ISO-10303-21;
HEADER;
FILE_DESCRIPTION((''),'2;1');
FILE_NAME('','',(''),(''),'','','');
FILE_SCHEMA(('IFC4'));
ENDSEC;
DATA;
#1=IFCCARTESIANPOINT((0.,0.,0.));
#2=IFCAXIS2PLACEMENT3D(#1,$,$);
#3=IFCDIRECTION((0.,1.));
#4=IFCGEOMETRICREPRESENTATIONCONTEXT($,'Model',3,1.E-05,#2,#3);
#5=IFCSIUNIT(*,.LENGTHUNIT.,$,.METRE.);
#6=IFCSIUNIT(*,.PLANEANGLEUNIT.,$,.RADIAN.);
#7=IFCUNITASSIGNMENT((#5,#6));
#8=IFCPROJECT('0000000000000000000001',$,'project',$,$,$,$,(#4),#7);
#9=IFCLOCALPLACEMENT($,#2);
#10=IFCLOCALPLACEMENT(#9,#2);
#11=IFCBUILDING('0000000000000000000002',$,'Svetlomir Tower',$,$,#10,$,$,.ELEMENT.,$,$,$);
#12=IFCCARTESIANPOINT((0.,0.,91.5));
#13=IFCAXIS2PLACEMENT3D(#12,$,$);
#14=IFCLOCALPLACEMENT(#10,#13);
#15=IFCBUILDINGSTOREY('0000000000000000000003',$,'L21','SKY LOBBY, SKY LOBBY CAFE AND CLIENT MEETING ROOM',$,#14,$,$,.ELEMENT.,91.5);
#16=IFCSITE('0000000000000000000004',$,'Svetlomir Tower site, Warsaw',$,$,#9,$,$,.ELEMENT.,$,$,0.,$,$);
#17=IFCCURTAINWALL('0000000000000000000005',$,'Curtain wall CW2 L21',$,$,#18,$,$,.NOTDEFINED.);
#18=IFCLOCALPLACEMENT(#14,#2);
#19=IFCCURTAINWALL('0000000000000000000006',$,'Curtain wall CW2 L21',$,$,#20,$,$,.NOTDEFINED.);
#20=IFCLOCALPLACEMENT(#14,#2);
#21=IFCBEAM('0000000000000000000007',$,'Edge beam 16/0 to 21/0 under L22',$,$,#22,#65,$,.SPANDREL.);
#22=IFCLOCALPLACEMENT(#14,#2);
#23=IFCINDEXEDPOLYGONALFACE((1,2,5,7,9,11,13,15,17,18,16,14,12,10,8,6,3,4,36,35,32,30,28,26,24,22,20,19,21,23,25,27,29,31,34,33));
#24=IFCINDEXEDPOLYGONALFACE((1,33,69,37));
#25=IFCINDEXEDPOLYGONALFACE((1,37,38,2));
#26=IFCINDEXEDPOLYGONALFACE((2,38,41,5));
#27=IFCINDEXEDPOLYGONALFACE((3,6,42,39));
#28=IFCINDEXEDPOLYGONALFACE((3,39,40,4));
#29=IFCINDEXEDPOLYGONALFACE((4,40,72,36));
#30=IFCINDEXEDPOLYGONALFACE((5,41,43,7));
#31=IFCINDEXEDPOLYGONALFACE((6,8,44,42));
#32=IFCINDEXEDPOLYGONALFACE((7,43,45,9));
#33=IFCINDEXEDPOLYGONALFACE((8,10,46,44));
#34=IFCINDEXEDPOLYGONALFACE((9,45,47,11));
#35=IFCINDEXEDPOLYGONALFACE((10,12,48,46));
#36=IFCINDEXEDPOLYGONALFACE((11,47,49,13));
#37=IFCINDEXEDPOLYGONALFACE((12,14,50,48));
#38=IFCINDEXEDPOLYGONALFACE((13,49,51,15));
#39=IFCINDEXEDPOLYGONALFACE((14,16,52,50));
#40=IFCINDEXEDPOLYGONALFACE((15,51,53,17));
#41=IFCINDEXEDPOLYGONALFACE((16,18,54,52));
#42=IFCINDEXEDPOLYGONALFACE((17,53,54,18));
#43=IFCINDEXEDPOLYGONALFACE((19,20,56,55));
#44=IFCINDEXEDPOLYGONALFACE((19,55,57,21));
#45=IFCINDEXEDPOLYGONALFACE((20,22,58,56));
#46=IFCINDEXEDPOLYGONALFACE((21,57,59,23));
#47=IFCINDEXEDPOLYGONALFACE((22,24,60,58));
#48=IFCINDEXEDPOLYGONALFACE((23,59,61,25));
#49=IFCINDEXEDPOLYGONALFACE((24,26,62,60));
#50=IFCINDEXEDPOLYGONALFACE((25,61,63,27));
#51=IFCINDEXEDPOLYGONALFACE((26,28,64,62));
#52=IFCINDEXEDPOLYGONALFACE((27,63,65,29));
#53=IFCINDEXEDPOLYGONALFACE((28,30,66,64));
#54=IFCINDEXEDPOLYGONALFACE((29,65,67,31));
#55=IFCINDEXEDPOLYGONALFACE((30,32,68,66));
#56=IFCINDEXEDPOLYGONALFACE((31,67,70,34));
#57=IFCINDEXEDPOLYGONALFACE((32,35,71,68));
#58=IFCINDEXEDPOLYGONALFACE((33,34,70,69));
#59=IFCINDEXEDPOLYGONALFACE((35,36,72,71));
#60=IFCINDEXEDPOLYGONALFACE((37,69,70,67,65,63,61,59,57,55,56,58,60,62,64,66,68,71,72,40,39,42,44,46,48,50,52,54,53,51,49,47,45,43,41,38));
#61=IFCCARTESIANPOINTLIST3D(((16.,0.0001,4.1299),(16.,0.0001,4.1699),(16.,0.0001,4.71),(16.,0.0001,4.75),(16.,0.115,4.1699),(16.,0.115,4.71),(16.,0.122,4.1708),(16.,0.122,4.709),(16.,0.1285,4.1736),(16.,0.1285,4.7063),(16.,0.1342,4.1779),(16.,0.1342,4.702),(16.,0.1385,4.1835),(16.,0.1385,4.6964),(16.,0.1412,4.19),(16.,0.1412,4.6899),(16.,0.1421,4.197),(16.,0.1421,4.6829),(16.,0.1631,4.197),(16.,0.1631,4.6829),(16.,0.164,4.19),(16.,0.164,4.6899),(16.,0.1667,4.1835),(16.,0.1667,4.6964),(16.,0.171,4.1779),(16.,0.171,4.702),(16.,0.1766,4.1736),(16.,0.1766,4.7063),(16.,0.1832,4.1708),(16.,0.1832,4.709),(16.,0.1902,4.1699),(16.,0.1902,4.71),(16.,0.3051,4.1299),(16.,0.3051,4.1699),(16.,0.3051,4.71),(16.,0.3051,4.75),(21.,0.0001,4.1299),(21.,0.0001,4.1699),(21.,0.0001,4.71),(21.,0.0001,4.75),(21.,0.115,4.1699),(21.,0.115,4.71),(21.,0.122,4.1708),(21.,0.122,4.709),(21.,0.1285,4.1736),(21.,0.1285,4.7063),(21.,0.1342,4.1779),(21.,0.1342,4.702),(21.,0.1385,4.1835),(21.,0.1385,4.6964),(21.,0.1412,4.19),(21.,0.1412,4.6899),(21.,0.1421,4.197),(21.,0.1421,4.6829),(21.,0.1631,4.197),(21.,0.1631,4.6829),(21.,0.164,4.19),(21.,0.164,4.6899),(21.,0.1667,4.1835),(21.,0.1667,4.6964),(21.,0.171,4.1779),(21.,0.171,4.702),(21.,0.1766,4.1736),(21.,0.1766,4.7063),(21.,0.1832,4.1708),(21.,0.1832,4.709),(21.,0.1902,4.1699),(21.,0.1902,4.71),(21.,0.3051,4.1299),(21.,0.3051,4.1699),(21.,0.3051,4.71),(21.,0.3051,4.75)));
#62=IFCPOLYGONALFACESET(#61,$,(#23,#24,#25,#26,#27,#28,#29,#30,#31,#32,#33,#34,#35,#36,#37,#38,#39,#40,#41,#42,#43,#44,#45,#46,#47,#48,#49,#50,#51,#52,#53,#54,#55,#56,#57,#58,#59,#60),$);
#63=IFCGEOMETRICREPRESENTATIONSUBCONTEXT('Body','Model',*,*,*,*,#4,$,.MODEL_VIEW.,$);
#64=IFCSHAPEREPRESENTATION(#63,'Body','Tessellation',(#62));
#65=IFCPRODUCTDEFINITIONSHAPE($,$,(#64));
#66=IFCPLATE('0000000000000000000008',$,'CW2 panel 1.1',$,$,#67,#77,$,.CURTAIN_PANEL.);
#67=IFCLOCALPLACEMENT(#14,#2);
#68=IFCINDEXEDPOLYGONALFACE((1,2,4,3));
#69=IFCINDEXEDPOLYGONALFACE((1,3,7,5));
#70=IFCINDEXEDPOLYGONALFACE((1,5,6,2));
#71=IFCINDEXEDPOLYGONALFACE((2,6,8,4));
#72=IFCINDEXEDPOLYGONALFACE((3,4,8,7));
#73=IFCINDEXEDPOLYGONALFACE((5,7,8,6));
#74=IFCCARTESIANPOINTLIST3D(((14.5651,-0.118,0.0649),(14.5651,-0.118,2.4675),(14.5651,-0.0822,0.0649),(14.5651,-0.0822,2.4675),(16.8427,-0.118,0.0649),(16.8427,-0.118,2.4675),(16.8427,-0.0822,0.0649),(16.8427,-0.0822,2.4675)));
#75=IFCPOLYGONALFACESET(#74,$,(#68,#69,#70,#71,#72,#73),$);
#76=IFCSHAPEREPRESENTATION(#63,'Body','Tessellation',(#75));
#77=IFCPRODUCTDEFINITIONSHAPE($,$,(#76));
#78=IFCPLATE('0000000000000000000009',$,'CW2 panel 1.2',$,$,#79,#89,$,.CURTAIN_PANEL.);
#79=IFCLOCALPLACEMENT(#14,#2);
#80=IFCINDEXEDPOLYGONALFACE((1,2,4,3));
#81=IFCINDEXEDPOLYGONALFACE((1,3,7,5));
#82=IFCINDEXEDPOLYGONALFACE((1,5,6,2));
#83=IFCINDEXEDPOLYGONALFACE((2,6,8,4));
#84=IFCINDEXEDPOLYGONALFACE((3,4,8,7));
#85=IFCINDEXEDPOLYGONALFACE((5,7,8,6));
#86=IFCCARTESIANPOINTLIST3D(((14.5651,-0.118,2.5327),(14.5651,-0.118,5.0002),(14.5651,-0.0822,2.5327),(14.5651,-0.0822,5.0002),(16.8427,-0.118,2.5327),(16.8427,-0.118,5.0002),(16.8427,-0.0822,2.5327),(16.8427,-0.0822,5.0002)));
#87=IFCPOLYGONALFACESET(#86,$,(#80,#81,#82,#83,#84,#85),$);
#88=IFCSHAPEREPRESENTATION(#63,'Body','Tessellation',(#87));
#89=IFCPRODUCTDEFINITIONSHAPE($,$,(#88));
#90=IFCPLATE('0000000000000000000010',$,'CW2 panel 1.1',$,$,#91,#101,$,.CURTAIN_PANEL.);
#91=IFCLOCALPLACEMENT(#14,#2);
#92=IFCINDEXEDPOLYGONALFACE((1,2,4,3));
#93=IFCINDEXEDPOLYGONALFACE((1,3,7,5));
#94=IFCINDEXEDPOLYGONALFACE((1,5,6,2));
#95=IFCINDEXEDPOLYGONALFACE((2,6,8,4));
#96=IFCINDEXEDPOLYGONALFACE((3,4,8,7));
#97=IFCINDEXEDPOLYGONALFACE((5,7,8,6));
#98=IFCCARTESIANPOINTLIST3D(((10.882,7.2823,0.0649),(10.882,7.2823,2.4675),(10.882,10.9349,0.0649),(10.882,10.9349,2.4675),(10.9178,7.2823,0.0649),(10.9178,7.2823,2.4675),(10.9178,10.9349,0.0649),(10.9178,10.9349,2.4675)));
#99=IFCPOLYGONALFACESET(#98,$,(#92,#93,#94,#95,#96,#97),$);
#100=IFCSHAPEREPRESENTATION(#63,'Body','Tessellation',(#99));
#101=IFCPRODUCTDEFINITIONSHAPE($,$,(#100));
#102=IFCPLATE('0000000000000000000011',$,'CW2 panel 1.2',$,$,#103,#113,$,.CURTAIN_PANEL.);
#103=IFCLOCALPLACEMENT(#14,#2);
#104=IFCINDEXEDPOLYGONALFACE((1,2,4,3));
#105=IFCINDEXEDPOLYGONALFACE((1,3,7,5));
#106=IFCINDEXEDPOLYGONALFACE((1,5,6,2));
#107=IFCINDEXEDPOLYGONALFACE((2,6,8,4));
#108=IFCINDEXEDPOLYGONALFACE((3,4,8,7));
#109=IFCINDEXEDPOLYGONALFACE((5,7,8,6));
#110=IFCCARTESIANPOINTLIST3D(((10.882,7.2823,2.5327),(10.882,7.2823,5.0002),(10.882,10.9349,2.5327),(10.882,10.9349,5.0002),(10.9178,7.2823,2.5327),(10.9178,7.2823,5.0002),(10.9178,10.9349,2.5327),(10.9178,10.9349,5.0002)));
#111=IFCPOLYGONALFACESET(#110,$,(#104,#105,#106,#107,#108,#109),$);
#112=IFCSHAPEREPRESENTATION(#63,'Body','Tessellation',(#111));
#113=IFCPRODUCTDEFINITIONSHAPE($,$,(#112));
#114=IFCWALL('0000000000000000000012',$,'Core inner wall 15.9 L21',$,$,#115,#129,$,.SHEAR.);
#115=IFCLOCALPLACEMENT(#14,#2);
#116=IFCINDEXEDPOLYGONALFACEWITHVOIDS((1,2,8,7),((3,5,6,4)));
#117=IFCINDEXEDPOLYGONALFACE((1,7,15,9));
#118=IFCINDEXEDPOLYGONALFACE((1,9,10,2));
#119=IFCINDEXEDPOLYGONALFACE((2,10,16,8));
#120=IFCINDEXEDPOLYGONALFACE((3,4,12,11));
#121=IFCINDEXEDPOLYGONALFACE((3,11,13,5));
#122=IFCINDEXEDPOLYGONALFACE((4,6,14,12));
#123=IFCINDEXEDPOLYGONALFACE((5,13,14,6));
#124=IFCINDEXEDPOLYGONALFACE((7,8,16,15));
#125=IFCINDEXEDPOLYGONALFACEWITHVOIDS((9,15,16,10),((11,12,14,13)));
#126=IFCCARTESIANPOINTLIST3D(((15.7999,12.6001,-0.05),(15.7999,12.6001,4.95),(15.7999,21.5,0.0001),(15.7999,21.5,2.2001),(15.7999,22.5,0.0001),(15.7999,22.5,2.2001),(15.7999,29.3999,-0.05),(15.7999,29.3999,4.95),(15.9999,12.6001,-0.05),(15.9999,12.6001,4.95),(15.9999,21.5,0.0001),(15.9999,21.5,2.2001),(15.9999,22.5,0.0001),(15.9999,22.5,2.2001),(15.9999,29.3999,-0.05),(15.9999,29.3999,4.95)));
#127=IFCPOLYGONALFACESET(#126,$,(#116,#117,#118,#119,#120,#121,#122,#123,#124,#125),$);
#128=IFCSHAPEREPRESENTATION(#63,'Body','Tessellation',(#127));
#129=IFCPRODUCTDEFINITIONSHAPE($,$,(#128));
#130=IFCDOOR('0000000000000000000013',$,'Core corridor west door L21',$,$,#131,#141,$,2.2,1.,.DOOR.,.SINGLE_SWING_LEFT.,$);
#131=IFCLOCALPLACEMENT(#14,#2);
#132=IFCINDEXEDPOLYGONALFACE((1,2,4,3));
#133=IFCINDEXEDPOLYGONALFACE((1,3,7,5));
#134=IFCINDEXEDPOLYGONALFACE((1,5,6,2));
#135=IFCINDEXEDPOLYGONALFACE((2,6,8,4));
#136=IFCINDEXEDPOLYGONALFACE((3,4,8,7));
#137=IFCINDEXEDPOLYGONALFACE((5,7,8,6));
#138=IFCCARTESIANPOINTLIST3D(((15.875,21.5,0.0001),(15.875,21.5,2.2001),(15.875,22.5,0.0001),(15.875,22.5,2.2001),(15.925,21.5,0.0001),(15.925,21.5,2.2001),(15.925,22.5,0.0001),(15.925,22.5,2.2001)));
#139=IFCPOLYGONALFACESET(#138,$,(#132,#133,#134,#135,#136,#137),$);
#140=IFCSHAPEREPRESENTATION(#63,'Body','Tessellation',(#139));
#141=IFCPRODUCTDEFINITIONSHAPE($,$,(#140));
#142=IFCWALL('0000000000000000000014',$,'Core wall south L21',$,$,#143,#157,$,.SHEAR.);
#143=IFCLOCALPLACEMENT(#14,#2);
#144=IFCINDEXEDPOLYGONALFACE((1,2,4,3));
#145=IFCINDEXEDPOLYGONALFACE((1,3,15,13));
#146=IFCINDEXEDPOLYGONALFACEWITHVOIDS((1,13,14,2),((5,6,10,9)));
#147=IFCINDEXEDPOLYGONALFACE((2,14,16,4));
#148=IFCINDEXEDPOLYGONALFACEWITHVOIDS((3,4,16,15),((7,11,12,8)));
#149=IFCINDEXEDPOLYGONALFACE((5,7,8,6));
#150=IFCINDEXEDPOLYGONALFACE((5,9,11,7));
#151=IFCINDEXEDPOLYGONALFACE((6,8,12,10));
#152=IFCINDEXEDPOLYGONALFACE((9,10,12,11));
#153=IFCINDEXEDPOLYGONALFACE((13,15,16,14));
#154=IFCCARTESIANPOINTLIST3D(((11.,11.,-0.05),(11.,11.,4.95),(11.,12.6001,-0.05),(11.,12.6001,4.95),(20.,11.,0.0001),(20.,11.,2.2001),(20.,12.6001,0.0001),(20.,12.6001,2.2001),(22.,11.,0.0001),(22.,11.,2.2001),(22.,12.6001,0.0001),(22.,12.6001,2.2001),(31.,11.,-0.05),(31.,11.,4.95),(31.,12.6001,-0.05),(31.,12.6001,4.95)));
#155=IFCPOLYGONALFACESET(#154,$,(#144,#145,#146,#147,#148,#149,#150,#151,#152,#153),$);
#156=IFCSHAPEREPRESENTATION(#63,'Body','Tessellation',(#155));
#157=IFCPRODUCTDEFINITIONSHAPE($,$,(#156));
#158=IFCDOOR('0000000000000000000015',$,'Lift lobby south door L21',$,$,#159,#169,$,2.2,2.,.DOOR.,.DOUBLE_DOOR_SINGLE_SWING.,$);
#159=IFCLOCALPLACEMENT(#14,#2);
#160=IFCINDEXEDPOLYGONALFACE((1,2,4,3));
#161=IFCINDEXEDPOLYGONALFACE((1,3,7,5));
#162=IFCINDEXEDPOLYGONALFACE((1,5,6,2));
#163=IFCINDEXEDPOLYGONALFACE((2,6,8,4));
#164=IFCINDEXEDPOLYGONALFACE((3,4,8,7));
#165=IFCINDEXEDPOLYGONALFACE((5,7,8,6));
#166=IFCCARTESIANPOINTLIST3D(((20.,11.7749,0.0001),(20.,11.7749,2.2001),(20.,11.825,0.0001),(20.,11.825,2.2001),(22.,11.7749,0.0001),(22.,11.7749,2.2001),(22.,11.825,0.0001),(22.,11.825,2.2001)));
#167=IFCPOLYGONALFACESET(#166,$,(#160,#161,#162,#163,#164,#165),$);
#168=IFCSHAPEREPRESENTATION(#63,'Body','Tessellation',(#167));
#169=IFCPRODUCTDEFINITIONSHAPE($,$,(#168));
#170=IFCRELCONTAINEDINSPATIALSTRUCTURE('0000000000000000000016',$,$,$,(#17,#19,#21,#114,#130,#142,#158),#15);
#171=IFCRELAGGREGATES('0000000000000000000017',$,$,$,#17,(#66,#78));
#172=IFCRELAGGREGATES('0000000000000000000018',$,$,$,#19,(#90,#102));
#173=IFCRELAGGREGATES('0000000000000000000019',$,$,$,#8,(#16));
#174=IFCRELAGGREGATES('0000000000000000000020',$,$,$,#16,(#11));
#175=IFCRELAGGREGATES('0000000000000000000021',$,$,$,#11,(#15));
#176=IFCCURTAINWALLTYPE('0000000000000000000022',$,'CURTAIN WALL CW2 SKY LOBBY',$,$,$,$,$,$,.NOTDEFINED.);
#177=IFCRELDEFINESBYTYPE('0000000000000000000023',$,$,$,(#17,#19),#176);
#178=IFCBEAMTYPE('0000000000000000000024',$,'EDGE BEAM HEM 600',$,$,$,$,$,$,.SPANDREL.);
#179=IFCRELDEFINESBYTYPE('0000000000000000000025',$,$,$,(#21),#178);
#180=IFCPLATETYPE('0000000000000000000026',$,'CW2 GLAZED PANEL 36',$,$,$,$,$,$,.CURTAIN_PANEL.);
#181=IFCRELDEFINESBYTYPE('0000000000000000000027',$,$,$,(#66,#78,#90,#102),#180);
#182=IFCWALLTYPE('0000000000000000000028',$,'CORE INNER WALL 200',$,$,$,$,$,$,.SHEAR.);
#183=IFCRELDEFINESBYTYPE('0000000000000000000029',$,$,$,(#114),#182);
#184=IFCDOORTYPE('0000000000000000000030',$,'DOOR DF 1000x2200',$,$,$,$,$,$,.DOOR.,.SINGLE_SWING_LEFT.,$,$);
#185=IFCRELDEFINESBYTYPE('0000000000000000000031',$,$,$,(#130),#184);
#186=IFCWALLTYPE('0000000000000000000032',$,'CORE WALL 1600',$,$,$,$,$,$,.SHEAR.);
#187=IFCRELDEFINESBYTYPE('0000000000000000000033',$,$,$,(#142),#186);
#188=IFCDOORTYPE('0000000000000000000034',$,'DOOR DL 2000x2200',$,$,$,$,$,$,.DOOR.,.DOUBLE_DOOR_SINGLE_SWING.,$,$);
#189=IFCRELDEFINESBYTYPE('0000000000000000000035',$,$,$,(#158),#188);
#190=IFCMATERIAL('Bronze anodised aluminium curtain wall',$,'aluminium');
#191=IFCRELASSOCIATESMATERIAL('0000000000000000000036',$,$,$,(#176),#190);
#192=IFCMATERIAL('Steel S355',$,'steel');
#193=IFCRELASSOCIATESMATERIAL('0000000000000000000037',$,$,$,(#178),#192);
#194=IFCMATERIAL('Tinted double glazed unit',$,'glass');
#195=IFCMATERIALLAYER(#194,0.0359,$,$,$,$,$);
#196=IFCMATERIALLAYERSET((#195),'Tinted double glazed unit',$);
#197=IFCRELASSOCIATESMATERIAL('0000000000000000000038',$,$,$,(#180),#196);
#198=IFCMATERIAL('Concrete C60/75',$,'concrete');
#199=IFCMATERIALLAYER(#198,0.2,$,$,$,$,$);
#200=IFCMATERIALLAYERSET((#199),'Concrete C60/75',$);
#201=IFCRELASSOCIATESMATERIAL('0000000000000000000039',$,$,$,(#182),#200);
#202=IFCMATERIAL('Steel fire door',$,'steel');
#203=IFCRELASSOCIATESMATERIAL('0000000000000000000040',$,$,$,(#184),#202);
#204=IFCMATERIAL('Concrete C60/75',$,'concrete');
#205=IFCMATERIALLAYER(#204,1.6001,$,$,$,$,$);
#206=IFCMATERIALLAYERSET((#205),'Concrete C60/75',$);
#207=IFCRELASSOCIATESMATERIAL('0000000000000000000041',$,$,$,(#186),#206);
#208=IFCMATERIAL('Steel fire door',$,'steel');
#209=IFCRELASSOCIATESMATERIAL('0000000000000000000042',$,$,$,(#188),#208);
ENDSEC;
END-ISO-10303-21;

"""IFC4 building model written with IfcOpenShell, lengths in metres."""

from ifc_helpers import new_model, si_unit, direction, frame, frame_2d, origin, origin_2d, place, context, subcontext, project, spatial, rectangle, i_section, extrude, material, layer, layer_set, material_profile, profile_set, type_object, element, fill, aggregate, save


model = new_model("IFC4")

# Units and contexts
model_context = context("Model", 3, precision=1e-05, world=origin(), true_north=direction((0.0, 1.0)))
body_context = subcontext(model_context, "Body", "Model", "MODEL_VIEW")
ifc_project = project(units=[si_unit("LENGTHUNIT", "METRE"), si_unit("PLANEANGLEUNIT", "RADIAN")], contexts=[model_context])

# Site, building, storey
site_placement = place(None, origin())
site = spatial("IfcSite", under=ifc_project, at=site_placement, Name="Svetlomir Tower site, Warsaw", CompositionType="ELEMENT", RefElevation=0.0)
building_placement = place(site_placement, origin())
building = spatial("IfcBuilding", under=site, at=building_placement, Name="Svetlomir Tower", CompositionType="ELEMENT")
storey_placement = place(building_placement, frame((0.0, 0.0, 91.5)))
storey = spatial("IfcBuildingStorey", under=building, at=storey_placement, Name="L21", Description="SKY LOBBY, SKY LOBBY CAFE AND CLIENT MEETING ROOM", CompositionType="ELEMENT", Elevation=91.5)

# Curtain wall
ifc_material_1 = material(Name="Bronze anodised aluminium curtain wall", Category="aluminium")
curtain_wall_type = type_object("IfcCurtainWallType", Name="CURTAIN WALL CW2 SKY LOBBY", PredefinedType="NOTDEFINED", material=ifc_material_1)
curtain_wall_1_placement = place(storey_placement, origin())
curtain_wall_1 = element("IfcCurtainWall", 1, at=curtain_wall_1_placement, inside=storey, type_object=curtain_wall_type, Name="Curtain wall CW2 L21", PredefinedType="NOTDEFINED")

# Curtain wall
curtain_wall_2_placement = place(storey_placement, origin())
curtain_wall_2 = element("IfcCurtainWall", 2, at=curtain_wall_2_placement, inside=storey, type_object=curtain_wall_type, Name="Curtain wall CW2 L21", PredefinedType="NOTDEFINED")

# Beam
ifc_material_2 = material(Name="Steel S355", Category="steel")
ifc_material_profile_1 = material_profile(ifc_material_2, i_section(OverallWidth=0.3049, OverallDepth=0.6201, WebThickness=0.021, FlangeThickness=0.04, FilletRadius=0.0271, at=origin_2d()), Name="HEM 600")
ifc_profile_set_1 = profile_set([ifc_material_profile_1], Name="Steel S355")
beam_type = type_object("IfcBeamType", Name="EDGE BEAM HEM 600", PredefinedType="SPANDREL", material=ifc_profile_set_1)
beam_1_placement = place(storey_placement, frame((16.0, 0.1526, 4.4399), z_axis=(1.0, 0.0, 0.0), x_axis=(0.0, 1.0, 0.0)))
element("IfcBeam", 3, at=beam_1_placement, inside=storey, type_object=beam_type, Name="Edge beam 16/0 to 21/0 under L22", PredefinedType="SPANDREL", context=body_context, shape_type="SweptSolid", body=[
    extrude(i_section(OverallWidth=0.3049, OverallDepth=0.6201, WebThickness=0.021, FlangeThickness=0.04, FilletRadius=0.0271, at=origin_2d()), origin(), (0.0, 0.0, 1.0), 5.0),
])

# Plates
ifc_material_3 = material(Name="Tinted double glazed unit", Category="glass")
ifc_layer_1 = layer(ifc_material_3, 0.0359)
ifc_layer_set_1 = layer_set([ifc_layer_1], Name="Tinted double glazed unit")
plate_type = type_object("IfcPlateType", Name="CW2 GLAZED PANEL 36", PredefinedType="CURTAIN_PANEL", material=ifc_layer_set_1)
plate_1_placement = place(storey_placement, frame((15.7039, -0.1001, 0.0649), z_axis=(0.0, 0.0, 1.0), x_axis=(1.0, 0.0, 0.0)))
plate_1 = element("IfcPlate", 4, at=plate_1_placement, type_object=plate_type, Name="CW2 panel 1.1", PredefinedType="CURTAIN_PANEL", context=body_context, shape_type="SweptSolid", body=[
    extrude(rectangle(XDim=2.2776, YDim=0.0359, at=origin_2d()), origin(), (0.0, 0.0, 1.0), 2.4026),
])
plate_2_placement = place(storey_placement, frame((15.7039, -0.1001, 2.5327), z_axis=(0.0, 0.0, 1.0), x_axis=(1.0, 0.0, 0.0)))
plate_2 = element("IfcPlate", 5, at=plate_2_placement, type_object=plate_type, Name="CW2 panel 1.2", PredefinedType="CURTAIN_PANEL", context=body_context, shape_type="SweptSolid", body=[
    extrude(rectangle(XDim=2.2776, YDim=0.0359, at=origin_2d()), origin(), (0.0, 0.0, 1.0), 2.4675),
])
aggregate(curtain_wall_1, [plate_1, plate_2])
plate_3_placement = place(storey_placement, frame((10.8999, 9.1086, 0.0649), z_axis=(0.0, 0.0, 1.0), x_axis=(0.0, -1.0, 0.0)))
plate_3 = element("IfcPlate", 6, at=plate_3_placement, type_object=plate_type, Name="CW2 panel 1.1", PredefinedType="CURTAIN_PANEL", context=body_context, shape_type="SweptSolid", body=[
    extrude(rectangle(XDim=3.6526, YDim=0.0359, at=origin_2d()), origin(), (0.0, 0.0, 1.0), 2.4026),
])
plate_4_placement = place(storey_placement, frame((10.8999, 9.1086, 2.5327), z_axis=(0.0, 0.0, 1.0), x_axis=(0.0, -1.0, 0.0)))
plate_4 = element("IfcPlate", 7, at=plate_4_placement, type_object=plate_type, Name="CW2 panel 1.2", PredefinedType="CURTAIN_PANEL", context=body_context, shape_type="SweptSolid", body=[
    extrude(rectangle(XDim=3.6526, YDim=0.0359, at=origin_2d()), origin(), (0.0, 0.0, 1.0), 2.4675),
])
aggregate(curtain_wall_2, [plate_3, plate_4])

# Walls, openings, doors
ifc_material_4 = material(Name="Concrete C60/75", Category="concrete")
ifc_layer_2 = layer(ifc_material_4, 0.2)
ifc_layer_set_2 = layer_set([ifc_layer_2], Name="Concrete C60/75")
wall_type_1 = type_object("IfcWallType", Name="CORE INNER WALL 200", PredefinedType="SHEAR", material=ifc_layer_set_2)
wall_1_placement = place(storey_placement, frame((15.8999, 12.6001, -0.05), z_axis=(0.0, 0.0, 1.0), x_axis=(0.0, 1.0, 0.0)))
wall_1 = element("IfcWall", 8, at=wall_1_placement, inside=storey, type_object=wall_type_1, Name="Core inner wall 15.9 L21", PredefinedType="SHEAR", context=body_context, shape_type="SweptSolid", body=[
    extrude(rectangle(XDim=16.7998, YDim=0.2, at=frame_2d((8.3999, 0.0))), origin(), (0.0, 0.0, 1.0), 5.0),
])
opening_1_placement = place(wall_1_placement, frame((8.8999, 0.0, 0.05)))
opening_1 = element("IfcOpeningElement", 9, at=opening_1_placement, cuts=wall_1, PredefinedType="OPENING", context=body_context, shape_type="SweptSolid", body=[
    extrude(rectangle(XDim=1.0, YDim=2.2, at=frame_2d((0.5, 1.1001))), frame((0.0, 0.1099, 0.0), z_axis=(0.0, -1.0, 0.0), x_axis=(1.0, 0.0, 0.0)), (0.0, 0.0, 1.0), 0.22),
])
ifc_material_5 = material(Name="Steel fire door", Category="steel")
door_type_1 = type_object("IfcDoorType", Name="DOOR DF 1000x2200", OperationType="SINGLE_SWING_LEFT", PredefinedType="DOOR", material=ifc_material_5)
door_1_placement = place(opening_1_placement, origin())
door_1 = element("IfcDoor", 10, at=door_1_placement, inside=storey, type_object=door_type_1, Name="Core corridor west door L21", OperationType="SINGLE_SWING_LEFT", OverallHeight=2.2, OverallWidth=1.0, PredefinedType="DOOR", context=body_context, shape_type="SweptSolid", body=[
    extrude(rectangle(XDim=1.0, YDim=2.2, at=frame_2d((0.5, 1.1001))), frame((0.0, 0.0249, 0.0), z_axis=(0.0, -1.0, 0.0), x_axis=(1.0, 0.0, 0.0)), (0.0, 0.0, 1.0), 0.05),
])
fill(opening_1, door_1)
ifc_material_6 = material(Name="Concrete C60/75", Category="concrete")
ifc_layer_3 = layer(ifc_material_6, 1.6001)
ifc_layer_set_3 = layer_set([ifc_layer_3], Name="Concrete C60/75")
wall_type_2 = type_object("IfcWallType", Name="CORE WALL 1600", PredefinedType="SHEAR", material=ifc_layer_set_3)
wall_2_placement = place(storey_placement, frame((11.0, 11.8, -0.05), z_axis=(0.0, 0.0, 1.0), x_axis=(1.0, 0.0, 0.0)))
wall_2 = element("IfcWall", 11, at=wall_2_placement, inside=storey, type_object=wall_type_2, Name="Core wall south L21", PredefinedType="SHEAR", context=body_context, shape_type="SweptSolid", body=[
    extrude(rectangle(XDim=20.0, YDim=1.6001, at=frame_2d((10.0, 0.0))), origin(), (0.0, 0.0, 1.0), 5.0),
])
opening_2_placement = place(wall_2_placement, frame((9.0, 0.0, 0.05)))
opening_2 = element("IfcOpeningElement", 12, at=opening_2_placement, cuts=wall_2, PredefinedType="OPENING", context=body_context, shape_type="SweptSolid", body=[
    extrude(rectangle(XDim=2.0, YDim=2.2, at=frame_2d((1.0, 1.1001))), frame((0.0, 0.8101, 0.0), z_axis=(0.0, -1.0, 0.0), x_axis=(1.0, 0.0, 0.0)), (0.0, 0.0, 1.0), 1.6201),
])
ifc_material_7 = material(Name="Steel fire door", Category="steel")
door_type_2 = type_object("IfcDoorType", Name="DOOR DL 2000x2200", OperationType="DOUBLE_DOOR_SINGLE_SWING", PredefinedType="DOOR", material=ifc_material_7)
door_2_placement = place(opening_2_placement, origin())
door_2 = element("IfcDoor", 13, at=door_2_placement, inside=storey, type_object=door_type_2, Name="Lift lobby south door L21", OperationType="DOUBLE_DOOR_SINGLE_SWING", OverallHeight=2.2, OverallWidth=2.0, PredefinedType="DOOR", context=body_context, shape_type="SweptSolid", body=[
    extrude(rectangle(XDim=2.0, YDim=2.2, at=frame_2d((1.0, 1.1001))), frame((0.0, 0.0249, 0.0), z_axis=(0.0, -1.0, 0.0), x_axis=(1.0, 0.0, 0.0)), (0.0, 0.0, 1.0), 0.05),
])
fill(opening_2, door_2)

save(model, "model.ifc")
